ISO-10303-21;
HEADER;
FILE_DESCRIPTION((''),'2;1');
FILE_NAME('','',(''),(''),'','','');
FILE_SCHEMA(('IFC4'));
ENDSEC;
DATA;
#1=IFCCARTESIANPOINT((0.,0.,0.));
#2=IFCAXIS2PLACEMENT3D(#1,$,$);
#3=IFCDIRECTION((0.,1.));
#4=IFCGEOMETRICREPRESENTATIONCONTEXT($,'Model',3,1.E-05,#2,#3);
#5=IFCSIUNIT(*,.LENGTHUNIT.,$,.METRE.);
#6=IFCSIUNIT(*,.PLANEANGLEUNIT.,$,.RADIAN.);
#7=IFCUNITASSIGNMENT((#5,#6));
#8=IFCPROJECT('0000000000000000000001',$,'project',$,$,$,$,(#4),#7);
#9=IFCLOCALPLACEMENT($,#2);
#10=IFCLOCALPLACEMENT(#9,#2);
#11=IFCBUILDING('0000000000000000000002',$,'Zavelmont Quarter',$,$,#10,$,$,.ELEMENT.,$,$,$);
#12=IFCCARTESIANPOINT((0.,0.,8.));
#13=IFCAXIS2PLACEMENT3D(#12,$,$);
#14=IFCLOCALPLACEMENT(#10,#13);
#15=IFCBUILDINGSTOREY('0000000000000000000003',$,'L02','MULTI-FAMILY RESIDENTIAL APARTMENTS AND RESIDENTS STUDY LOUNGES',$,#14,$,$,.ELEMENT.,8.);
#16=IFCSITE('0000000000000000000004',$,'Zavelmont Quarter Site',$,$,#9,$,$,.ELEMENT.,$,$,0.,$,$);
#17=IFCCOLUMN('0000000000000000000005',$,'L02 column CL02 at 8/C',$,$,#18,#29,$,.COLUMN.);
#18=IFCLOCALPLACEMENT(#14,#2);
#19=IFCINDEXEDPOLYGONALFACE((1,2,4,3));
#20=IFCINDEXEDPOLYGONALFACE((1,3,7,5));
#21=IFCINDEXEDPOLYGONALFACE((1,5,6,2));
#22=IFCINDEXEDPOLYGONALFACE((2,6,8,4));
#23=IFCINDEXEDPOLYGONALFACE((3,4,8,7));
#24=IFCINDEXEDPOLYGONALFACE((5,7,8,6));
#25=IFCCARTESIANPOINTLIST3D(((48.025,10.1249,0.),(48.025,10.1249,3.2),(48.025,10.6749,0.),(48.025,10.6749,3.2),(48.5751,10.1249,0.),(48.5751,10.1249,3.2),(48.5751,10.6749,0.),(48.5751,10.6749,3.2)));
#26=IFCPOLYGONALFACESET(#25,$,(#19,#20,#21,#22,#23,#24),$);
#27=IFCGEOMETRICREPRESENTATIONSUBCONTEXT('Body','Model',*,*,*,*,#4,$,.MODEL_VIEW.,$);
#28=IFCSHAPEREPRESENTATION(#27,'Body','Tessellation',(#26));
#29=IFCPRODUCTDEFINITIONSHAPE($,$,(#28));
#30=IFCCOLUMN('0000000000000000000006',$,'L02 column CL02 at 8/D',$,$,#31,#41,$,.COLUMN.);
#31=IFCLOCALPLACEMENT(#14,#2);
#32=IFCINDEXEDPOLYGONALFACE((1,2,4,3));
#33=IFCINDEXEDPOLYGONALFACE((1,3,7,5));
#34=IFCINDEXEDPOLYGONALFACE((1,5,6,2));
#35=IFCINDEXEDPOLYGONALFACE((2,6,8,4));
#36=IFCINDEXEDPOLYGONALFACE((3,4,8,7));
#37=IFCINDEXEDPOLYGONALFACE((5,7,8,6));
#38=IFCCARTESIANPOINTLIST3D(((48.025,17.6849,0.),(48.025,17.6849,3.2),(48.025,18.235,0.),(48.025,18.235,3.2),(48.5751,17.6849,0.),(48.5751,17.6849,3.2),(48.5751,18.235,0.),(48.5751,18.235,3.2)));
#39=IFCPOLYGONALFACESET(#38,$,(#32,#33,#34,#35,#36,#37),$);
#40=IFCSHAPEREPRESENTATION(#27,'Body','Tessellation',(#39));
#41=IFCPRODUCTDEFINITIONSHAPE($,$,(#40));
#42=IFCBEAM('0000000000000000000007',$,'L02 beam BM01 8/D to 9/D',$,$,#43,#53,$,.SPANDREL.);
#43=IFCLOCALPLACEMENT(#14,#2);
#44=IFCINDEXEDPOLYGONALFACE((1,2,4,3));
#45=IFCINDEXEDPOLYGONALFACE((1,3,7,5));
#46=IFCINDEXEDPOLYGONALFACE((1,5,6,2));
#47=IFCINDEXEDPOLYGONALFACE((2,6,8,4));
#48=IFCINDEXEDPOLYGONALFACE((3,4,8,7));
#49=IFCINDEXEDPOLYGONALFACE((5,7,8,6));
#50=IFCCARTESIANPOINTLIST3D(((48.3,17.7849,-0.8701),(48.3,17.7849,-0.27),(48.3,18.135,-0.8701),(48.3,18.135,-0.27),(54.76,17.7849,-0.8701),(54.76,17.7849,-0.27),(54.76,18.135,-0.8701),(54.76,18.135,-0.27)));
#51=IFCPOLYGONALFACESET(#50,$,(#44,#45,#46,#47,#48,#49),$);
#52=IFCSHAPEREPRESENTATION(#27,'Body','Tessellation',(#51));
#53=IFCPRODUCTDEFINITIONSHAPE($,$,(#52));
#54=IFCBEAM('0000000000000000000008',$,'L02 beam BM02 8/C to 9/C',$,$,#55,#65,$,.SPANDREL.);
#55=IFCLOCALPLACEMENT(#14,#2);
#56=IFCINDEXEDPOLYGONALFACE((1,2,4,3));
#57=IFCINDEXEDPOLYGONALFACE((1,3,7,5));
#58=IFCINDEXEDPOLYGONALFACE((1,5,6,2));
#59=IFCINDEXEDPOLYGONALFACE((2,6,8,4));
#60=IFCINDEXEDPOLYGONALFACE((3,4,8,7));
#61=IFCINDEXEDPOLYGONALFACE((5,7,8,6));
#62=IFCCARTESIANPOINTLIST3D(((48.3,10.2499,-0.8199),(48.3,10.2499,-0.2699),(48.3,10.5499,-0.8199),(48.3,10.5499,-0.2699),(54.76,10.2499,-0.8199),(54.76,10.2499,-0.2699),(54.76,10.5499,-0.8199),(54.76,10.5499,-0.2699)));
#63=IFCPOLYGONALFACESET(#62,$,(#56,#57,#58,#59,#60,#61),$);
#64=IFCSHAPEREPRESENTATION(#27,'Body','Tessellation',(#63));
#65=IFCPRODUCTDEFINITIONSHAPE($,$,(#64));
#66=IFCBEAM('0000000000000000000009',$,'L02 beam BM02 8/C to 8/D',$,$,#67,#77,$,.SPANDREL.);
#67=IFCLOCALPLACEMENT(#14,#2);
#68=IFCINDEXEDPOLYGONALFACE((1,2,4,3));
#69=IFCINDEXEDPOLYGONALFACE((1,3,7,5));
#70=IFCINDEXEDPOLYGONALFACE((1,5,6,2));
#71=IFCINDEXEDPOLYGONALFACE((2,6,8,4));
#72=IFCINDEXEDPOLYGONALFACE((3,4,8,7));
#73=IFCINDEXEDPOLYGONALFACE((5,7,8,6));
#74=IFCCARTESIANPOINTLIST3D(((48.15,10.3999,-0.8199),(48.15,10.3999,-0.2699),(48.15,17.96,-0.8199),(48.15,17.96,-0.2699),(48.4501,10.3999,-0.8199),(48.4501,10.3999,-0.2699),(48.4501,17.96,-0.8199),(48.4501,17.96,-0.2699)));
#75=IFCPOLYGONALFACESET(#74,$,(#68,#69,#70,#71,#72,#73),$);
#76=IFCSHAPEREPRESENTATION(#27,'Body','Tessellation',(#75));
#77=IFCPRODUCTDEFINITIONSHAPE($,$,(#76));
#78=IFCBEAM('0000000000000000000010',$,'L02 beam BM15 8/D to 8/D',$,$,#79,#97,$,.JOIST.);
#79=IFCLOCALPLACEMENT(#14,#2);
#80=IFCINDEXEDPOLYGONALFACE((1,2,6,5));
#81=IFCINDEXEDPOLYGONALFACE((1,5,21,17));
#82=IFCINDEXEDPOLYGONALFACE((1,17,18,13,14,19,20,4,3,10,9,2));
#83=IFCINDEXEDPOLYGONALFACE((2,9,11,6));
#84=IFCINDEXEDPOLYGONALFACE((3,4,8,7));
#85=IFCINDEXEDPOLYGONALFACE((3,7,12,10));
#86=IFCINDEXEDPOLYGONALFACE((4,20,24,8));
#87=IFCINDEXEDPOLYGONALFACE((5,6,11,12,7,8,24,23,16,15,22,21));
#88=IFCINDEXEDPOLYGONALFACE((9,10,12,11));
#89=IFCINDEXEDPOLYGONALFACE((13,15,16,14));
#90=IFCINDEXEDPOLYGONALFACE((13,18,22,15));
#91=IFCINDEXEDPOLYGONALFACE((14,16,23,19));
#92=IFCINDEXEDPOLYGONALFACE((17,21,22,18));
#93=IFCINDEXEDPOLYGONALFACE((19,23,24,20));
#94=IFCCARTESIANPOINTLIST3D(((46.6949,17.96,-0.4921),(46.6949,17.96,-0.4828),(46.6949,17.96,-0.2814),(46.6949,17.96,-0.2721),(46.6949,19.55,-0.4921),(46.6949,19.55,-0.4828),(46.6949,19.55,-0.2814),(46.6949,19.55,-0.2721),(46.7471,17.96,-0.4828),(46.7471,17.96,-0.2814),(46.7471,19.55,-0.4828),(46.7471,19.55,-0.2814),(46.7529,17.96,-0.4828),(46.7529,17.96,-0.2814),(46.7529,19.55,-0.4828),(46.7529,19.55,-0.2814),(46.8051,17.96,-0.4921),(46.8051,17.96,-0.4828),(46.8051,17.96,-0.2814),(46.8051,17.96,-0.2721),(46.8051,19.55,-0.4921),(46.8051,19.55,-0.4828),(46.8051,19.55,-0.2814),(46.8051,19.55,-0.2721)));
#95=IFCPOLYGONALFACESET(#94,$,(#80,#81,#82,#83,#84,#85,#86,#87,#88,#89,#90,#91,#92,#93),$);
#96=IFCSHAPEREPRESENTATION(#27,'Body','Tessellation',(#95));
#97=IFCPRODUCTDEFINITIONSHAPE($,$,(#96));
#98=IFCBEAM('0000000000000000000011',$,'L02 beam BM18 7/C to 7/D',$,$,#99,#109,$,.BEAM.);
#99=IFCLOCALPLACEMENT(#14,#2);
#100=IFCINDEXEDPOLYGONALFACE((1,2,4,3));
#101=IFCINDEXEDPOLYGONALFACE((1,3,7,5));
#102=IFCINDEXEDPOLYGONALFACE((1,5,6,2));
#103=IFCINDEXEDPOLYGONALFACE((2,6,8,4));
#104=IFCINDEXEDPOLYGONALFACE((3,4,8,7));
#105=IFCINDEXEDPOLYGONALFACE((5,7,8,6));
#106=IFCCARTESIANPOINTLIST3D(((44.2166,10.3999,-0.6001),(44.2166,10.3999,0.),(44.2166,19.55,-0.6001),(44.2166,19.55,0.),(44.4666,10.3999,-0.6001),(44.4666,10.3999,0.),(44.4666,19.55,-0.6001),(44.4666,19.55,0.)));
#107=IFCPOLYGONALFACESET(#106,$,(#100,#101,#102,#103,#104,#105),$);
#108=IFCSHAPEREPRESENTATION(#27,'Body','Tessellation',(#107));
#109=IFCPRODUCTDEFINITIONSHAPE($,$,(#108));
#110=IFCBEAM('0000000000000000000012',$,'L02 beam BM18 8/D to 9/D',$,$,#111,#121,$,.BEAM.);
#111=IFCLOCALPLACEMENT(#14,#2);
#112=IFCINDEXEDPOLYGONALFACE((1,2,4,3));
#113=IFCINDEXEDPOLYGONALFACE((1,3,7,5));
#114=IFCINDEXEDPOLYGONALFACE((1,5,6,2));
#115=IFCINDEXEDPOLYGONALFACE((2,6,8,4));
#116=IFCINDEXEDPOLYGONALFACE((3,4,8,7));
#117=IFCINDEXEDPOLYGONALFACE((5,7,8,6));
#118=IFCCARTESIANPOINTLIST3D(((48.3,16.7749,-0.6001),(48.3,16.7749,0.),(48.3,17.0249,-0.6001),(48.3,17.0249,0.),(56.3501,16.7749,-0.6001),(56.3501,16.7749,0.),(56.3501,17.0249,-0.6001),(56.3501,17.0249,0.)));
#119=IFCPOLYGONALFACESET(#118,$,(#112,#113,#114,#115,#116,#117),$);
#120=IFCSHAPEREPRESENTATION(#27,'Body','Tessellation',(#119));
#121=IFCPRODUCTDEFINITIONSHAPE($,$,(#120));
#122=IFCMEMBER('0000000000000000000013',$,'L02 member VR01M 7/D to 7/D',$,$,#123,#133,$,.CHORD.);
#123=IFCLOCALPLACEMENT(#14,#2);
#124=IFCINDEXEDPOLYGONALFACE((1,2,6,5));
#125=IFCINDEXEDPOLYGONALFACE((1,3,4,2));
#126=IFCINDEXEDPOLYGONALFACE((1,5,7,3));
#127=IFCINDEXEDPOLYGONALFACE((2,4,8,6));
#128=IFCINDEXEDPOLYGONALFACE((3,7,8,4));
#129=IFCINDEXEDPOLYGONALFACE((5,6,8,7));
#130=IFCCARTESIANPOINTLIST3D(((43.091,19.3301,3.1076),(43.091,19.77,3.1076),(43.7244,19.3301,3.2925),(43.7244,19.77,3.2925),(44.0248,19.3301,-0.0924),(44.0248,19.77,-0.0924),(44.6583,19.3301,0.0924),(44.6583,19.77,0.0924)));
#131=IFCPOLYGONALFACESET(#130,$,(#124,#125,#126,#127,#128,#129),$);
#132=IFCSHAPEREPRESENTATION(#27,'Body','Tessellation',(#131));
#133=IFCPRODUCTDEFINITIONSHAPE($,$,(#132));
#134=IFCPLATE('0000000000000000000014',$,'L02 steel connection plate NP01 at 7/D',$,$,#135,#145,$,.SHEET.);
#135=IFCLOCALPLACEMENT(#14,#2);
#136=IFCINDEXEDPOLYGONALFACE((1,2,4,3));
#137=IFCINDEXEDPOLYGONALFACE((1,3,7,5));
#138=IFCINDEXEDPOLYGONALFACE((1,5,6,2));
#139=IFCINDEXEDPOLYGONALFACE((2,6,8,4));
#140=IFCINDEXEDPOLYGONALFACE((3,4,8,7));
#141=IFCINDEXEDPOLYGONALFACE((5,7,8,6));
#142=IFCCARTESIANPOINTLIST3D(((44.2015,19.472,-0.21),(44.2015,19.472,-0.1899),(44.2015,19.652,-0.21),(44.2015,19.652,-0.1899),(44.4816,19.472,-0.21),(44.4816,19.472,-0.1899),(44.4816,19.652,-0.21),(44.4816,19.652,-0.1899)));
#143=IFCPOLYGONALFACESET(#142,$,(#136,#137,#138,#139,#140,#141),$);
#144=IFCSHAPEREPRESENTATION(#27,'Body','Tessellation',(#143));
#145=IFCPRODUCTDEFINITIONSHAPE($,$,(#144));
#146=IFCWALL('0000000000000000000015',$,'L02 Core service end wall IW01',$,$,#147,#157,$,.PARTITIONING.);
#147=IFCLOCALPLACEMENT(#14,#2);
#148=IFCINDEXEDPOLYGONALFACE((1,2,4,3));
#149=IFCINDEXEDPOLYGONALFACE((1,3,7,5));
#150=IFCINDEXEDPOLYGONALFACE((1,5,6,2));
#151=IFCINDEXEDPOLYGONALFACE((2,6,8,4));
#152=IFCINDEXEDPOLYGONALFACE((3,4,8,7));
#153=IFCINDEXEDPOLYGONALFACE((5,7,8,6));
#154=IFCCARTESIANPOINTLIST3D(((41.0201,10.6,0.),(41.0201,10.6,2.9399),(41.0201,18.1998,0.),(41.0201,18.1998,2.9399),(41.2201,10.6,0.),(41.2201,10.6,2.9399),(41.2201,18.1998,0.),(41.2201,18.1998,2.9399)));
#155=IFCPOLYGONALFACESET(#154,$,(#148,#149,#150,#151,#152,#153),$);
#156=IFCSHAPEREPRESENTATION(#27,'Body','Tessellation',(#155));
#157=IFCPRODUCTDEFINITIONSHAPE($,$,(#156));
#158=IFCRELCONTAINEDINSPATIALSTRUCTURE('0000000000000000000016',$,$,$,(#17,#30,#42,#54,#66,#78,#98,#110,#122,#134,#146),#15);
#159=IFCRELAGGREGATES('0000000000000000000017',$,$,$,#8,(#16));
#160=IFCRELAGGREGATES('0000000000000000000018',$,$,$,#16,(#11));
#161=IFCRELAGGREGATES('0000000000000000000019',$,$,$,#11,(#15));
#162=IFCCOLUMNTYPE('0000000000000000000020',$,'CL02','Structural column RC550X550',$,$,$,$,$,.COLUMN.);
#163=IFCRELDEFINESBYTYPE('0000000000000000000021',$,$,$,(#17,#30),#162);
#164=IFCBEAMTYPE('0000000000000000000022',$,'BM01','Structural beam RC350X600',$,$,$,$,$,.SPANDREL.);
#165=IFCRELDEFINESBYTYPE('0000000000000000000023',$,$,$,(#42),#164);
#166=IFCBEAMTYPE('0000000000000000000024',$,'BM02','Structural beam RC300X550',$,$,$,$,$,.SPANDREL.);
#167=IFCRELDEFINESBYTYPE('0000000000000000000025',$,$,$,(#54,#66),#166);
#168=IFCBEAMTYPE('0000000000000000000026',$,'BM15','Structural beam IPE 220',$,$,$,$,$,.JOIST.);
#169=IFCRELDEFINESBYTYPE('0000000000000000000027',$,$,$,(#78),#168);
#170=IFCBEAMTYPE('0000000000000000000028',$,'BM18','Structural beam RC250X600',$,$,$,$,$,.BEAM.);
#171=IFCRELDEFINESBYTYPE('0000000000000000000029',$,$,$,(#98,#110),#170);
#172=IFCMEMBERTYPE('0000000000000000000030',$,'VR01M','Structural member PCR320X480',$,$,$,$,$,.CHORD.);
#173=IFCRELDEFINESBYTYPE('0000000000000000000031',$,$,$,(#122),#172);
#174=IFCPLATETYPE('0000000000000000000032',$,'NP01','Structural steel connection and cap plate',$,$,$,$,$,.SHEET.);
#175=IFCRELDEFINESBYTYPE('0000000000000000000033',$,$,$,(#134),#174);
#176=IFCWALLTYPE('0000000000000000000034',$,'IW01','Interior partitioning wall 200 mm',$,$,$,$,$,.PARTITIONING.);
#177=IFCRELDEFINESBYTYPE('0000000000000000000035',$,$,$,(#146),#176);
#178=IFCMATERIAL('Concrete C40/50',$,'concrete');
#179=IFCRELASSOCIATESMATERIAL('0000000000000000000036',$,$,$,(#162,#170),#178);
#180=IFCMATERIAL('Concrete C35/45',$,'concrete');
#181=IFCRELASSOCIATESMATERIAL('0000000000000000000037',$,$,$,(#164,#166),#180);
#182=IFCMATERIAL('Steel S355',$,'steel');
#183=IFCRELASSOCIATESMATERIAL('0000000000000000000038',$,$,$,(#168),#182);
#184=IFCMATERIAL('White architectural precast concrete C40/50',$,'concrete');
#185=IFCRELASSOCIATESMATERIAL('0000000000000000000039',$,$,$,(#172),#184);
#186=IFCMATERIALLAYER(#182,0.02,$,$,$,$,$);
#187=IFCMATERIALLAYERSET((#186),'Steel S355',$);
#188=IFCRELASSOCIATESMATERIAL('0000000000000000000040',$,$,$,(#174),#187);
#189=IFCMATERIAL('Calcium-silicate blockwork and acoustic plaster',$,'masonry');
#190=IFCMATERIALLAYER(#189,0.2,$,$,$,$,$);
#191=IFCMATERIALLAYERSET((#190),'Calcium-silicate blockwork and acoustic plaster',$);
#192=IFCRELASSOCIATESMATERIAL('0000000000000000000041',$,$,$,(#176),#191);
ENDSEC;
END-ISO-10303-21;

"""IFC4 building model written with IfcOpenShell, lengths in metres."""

from ifc_helpers import new_model, si_unit, direction, frame, frame_2d, origin, origin_2d, place, context, subcontext, project, spatial, rectangle, i_section, extrude, material, layer, layer_set, material_profile, profile_set, type_object, element, save


model = new_model("IFC4")

# Units and contexts
model_context = context("Model", 3, precision=1e-05, world=origin(), true_north=direction((0.0, 1.0)))
body_context = subcontext(model_context, "Body", "Model", "MODEL_VIEW")
ifc_project = project(units=[si_unit("LENGTHUNIT", "METRE"), si_unit("PLANEANGLEUNIT", "RADIAN")], contexts=[model_context])

# Site, building, storey
site_placement = place(None, origin())
site = spatial("IfcSite", under=ifc_project, at=site_placement, Name="Zavelmont Quarter Site", CompositionType="ELEMENT", RefElevation=0.0)
building_placement = place(site_placement, origin())
building = spatial("IfcBuilding", under=site, at=building_placement, Name="Zavelmont Quarter", CompositionType="ELEMENT")
storey_placement = place(building_placement, frame((0.0, 0.0, 8.0)))
storey = spatial("IfcBuildingStorey", under=building, at=storey_placement, Name="L02", Description="MULTI-FAMILY RESIDENTIAL APARTMENTS AND RESIDENTS STUDY LOUNGES", CompositionType="ELEMENT", Elevation=8.0)

# Columns
ifc_material_1 = material(Name="Concrete C40/50", Category="concrete")
ifc_material_profile_1 = material_profile(ifc_material_1, rectangle(XDim=0.55, YDim=0.55, at=origin_2d()), Name="RC550X550")
ifc_profile_set_1 = profile_set([ifc_material_profile_1], Name="Concrete C40/50")
column_type = type_object("IfcColumnType", Name="CL02", Description="Structural column RC550X550", PredefinedType="COLUMN", material=ifc_profile_set_1)
for number, where, z_axis, x_axis, name in (
    (1, (48.3, 10.3999, 0.0), (0.0, 0.0, 1.0), (1.0, 0.0, 0.0), "L02 column CL02 at 8/C"),
    (2, (48.3, 17.96, 0.0), (0.0, 0.0, 1.0), (1.0, 0.0, 0.0), "L02 column CL02 at 8/D"),
):
    element("IfcColumn", number, at=place(storey_placement, frame(where, z_axis=z_axis, x_axis=x_axis)), inside=storey, type_object=column_type, Name=name, PredefinedType="COLUMN", context=body_context, shape_type="SweptSolid", body=[
        extrude(rectangle(XDim=0.55, YDim=0.55, at=origin_2d()), origin(), (0.0, 0.0, 1.0), 3.2),
    ])

# Beams
ifc_material_2 = material(Name="Concrete C35/45", Category="concrete")
ifc_material_profile_2 = material_profile(ifc_material_2, rectangle(XDim=0.3501, YDim=0.6001, at=origin_2d()), Name="RC350X600")
ifc_profile_set_2 = profile_set([ifc_material_profile_2], Name="Concrete C35/45")
beam_type_1 = type_object("IfcBeamType", Name="BM01", Description="Structural beam RC350X600", PredefinedType="SPANDREL", material=ifc_profile_set_2)
beam_1_placement = place(storey_placement, frame((48.3, 17.96, -0.5701), z_axis=(1.0, 0.0, 0.0), x_axis=(0.0, 1.0, 0.0)))
element("IfcBeam", 3, at=beam_1_placement, inside=storey, type_object=beam_type_1, Name="L02 beam BM01 8/D to 9/D", PredefinedType="SPANDREL", context=body_context, shape_type="SweptSolid", body=[
    extrude(rectangle(XDim=0.3501, YDim=0.6001, at=origin_2d()), origin(), (0.0, 0.0, 1.0), 6.46),
])
ifc_material_profile_3 = material_profile(ifc_material_2, rectangle(XDim=0.3, YDim=0.55, at=origin_2d()), Name="RC300X550")
ifc_profile_set_3 = profile_set([ifc_material_profile_3], Name="Concrete C35/45")
beam_type_2 = type_object("IfcBeamType", Name="BM02", Description="Structural beam RC300X550", PredefinedType="SPANDREL", material=ifc_profile_set_3)
beam_2_placement = place(storey_placement, frame((48.3, 10.3999, -0.5449), z_axis=(1.0, 0.0, 0.0), x_axis=(0.0, 1.0, 0.0)))
element("IfcBeam", 4, at=beam_2_placement, inside=storey, type_object=beam_type_2, Name="L02 beam BM02 8/C to 9/C", PredefinedType="SPANDREL", context=body_context, shape_type="SweptSolid", body=[
    extrude(rectangle(XDim=0.3, YDim=0.55, at=origin_2d()), origin(), (0.0, 0.0, 1.0), 6.46),
])
beam_3_placement = place(storey_placement, frame((48.3, 10.3999, -0.5449), z_axis=(0.0, 1.0, 0.0), x_axis=(-1.0, 0.0, 0.0)))
element("IfcBeam", 5, at=beam_3_placement, inside=storey, type_object=beam_type_2, Name="L02 beam BM02 8/C to 8/D", PredefinedType="SPANDREL", context=body_context, shape_type="SweptSolid", body=[
    extrude(rectangle(XDim=0.3, YDim=0.55, at=origin_2d()), origin(), (0.0, 0.0, 1.0), 7.5601),
])
ifc_material_3 = material(Name="Steel S355", Category="steel")
ifc_material_profile_4 = material_profile(ifc_material_3, i_section(OverallWidth=0.1101, OverallDepth=0.22, WebThickness=0.0059, FlangeThickness=0.0093, at=origin_2d()), Name="IPE 220")
ifc_profile_set_4 = profile_set([ifc_material_profile_4], Name="Steel S355")
beam_type_3 = type_object("IfcBeamType", Name="BM15", Description="Structural beam IPE 220", PredefinedType="JOIST", material=ifc_profile_set_4)
beam_4_placement = place(storey_placement, frame((46.75, 17.96, -0.3821), z_axis=(0.0, 1.0, 0.0), x_axis=(-1.0, 0.0, 0.0)))
element("IfcBeam", 6, at=beam_4_placement, inside=storey, type_object=beam_type_3, Name="L02 beam BM15 8/D to 8/D", PredefinedType="JOIST", context=body_context, shape_type="SweptSolid", body=[
    extrude(i_section(OverallWidth=0.1101, OverallDepth=0.22, WebThickness=0.0059, FlangeThickness=0.0093, at=origin_2d()), origin(), (0.0, 0.0, 1.0), 1.5901),
])
ifc_material_profile_5 = material_profile(ifc_material_1, rectangle(XDim=0.25, YDim=0.6001, at=origin_2d()), Name="RC250X600")
ifc_profile_set_5 = profile_set([ifc_material_profile_5], Name="Concrete C40/50")
beam_type_4 = type_object("IfcBeamType", Name="BM18", Description="Structural beam RC250X600", PredefinedType="BEAM", material=ifc_profile_set_5)
beam_5_placement = place(storey_placement, frame((44.3416, 10.3999, -0.3), z_axis=(0.0, 1.0, 0.0), x_axis=(-1.0, 0.0, 0.0)))
element("IfcBeam", 7, at=beam_5_placement, inside=storey, type_object=beam_type_4, Name="L02 beam BM18 7/C to 7/D", PredefinedType="BEAM", context=body_context, shape_type="SweptSolid", body=[
    extrude(rectangle(XDim=0.25, YDim=0.6001, at=origin_2d()), origin(), (0.0, 0.0, 1.0), 9.1501),
])
beam_6_placement = place(storey_placement, frame((48.3, 16.8999, -0.3), z_axis=(1.0, 0.0, 0.0), x_axis=(0.0, 1.0, 0.0)))
element("IfcBeam", 8, at=beam_6_placement, inside=storey, type_object=beam_type_4, Name="L02 beam BM18 8/D to 9/D", PredefinedType="BEAM", context=body_context, shape_type="SweptSolid", body=[
    extrude(rectangle(XDim=0.25, YDim=0.6001, at=origin_2d()), origin(), (0.0, 0.0, 1.0), 8.05),
])

# Member
ifc_material_4 = material(Name="White architectural precast concrete C40/50", Category="concrete")
ifc_material_profile_6 = material_profile(ifc_material_4, rectangle(XDim=0.4399, YDim=0.6599, at=origin_2d()), Name="PCR320X480")
ifc_profile_set_6 = profile_set([ifc_material_profile_6], Name="White architectural precast concrete C40/50")
member_type = type_object("IfcMemberType", Name="VR01M", Description="Structural member PCR320X480", PredefinedType="CHORD", material=ifc_profile_set_6)
member_placement = place(storey_placement, frame((44.3416, 19.55, 0.0), z_axis=(-0.280143, 0.0, 0.959958), x_axis=(0.0, -1.0, 0.0)))
element("IfcMember", 9, at=member_placement, inside=storey, type_object=member_type, Name="L02 member VR01M 7/D to 7/D", PredefinedType="CHORD", context=body_context, shape_type="SweptSolid", body=[
    extrude(rectangle(XDim=0.4399, YDim=0.6599, at=origin_2d()), origin(), (0.0, 0.0, 1.0), 3.3335),
])

# Plate
ifc_layer_1 = layer(ifc_material_3, 0.02)
ifc_layer_set_1 = layer_set([ifc_layer_1], Name="Steel S355")
plate_type = type_object("IfcPlateType", Name="NP01", Description="Structural steel connection and cap plate", PredefinedType="SHEET", material=ifc_layer_set_1)
plate_placement = place(storey_placement, frame((44.3416, 19.562, -0.21), z_axis=(0.0, 0.0, 1.0), x_axis=(1.0, 0.0, 0.0)))
element("IfcPlate", 10, at=plate_placement, inside=storey, type_object=plate_type, Name="L02 steel connection plate NP01 at 7/D", PredefinedType="SHEET", context=body_context, shape_type="SweptSolid", body=[
    extrude(rectangle(XDim=0.28, YDim=0.1799, at=origin_2d()), origin(), (0.0, 0.0, 1.0), 0.02),
])

# Wall
ifc_material_5 = material(Name="Calcium-silicate blockwork and acoustic plaster", Category="masonry")
ifc_layer_2 = layer(ifc_material_5, 0.2)
ifc_layer_set_2 = layer_set([ifc_layer_2], Name="Calcium-silicate blockwork and acoustic plaster")
wall_type_1 = type_object("IfcWallType", Name="IW01", Description="Interior partitioning wall 200 mm", PredefinedType="PARTITIONING", material=ifc_layer_set_2)
wall_1_placement = place(storey_placement, frame((41.1201, 10.6001, 0.0), z_axis=(0.0, 0.0, 1.0), x_axis=(0.0, 1.0, 0.0)))
element("IfcWall", 11, at=wall_1_placement, inside=storey, type_object=wall_type_1, Name="L02 Core service end wall IW01", PredefinedType="PARTITIONING", context=body_context, shape_type="SweptSolid", body=[
    extrude(rectangle(XDim=7.5999, YDim=0.2, at=frame_2d((3.7998, 0.0))), origin(), (0.0, 0.0, 1.0), 2.9399),
])

save(model, "model.ifc")
